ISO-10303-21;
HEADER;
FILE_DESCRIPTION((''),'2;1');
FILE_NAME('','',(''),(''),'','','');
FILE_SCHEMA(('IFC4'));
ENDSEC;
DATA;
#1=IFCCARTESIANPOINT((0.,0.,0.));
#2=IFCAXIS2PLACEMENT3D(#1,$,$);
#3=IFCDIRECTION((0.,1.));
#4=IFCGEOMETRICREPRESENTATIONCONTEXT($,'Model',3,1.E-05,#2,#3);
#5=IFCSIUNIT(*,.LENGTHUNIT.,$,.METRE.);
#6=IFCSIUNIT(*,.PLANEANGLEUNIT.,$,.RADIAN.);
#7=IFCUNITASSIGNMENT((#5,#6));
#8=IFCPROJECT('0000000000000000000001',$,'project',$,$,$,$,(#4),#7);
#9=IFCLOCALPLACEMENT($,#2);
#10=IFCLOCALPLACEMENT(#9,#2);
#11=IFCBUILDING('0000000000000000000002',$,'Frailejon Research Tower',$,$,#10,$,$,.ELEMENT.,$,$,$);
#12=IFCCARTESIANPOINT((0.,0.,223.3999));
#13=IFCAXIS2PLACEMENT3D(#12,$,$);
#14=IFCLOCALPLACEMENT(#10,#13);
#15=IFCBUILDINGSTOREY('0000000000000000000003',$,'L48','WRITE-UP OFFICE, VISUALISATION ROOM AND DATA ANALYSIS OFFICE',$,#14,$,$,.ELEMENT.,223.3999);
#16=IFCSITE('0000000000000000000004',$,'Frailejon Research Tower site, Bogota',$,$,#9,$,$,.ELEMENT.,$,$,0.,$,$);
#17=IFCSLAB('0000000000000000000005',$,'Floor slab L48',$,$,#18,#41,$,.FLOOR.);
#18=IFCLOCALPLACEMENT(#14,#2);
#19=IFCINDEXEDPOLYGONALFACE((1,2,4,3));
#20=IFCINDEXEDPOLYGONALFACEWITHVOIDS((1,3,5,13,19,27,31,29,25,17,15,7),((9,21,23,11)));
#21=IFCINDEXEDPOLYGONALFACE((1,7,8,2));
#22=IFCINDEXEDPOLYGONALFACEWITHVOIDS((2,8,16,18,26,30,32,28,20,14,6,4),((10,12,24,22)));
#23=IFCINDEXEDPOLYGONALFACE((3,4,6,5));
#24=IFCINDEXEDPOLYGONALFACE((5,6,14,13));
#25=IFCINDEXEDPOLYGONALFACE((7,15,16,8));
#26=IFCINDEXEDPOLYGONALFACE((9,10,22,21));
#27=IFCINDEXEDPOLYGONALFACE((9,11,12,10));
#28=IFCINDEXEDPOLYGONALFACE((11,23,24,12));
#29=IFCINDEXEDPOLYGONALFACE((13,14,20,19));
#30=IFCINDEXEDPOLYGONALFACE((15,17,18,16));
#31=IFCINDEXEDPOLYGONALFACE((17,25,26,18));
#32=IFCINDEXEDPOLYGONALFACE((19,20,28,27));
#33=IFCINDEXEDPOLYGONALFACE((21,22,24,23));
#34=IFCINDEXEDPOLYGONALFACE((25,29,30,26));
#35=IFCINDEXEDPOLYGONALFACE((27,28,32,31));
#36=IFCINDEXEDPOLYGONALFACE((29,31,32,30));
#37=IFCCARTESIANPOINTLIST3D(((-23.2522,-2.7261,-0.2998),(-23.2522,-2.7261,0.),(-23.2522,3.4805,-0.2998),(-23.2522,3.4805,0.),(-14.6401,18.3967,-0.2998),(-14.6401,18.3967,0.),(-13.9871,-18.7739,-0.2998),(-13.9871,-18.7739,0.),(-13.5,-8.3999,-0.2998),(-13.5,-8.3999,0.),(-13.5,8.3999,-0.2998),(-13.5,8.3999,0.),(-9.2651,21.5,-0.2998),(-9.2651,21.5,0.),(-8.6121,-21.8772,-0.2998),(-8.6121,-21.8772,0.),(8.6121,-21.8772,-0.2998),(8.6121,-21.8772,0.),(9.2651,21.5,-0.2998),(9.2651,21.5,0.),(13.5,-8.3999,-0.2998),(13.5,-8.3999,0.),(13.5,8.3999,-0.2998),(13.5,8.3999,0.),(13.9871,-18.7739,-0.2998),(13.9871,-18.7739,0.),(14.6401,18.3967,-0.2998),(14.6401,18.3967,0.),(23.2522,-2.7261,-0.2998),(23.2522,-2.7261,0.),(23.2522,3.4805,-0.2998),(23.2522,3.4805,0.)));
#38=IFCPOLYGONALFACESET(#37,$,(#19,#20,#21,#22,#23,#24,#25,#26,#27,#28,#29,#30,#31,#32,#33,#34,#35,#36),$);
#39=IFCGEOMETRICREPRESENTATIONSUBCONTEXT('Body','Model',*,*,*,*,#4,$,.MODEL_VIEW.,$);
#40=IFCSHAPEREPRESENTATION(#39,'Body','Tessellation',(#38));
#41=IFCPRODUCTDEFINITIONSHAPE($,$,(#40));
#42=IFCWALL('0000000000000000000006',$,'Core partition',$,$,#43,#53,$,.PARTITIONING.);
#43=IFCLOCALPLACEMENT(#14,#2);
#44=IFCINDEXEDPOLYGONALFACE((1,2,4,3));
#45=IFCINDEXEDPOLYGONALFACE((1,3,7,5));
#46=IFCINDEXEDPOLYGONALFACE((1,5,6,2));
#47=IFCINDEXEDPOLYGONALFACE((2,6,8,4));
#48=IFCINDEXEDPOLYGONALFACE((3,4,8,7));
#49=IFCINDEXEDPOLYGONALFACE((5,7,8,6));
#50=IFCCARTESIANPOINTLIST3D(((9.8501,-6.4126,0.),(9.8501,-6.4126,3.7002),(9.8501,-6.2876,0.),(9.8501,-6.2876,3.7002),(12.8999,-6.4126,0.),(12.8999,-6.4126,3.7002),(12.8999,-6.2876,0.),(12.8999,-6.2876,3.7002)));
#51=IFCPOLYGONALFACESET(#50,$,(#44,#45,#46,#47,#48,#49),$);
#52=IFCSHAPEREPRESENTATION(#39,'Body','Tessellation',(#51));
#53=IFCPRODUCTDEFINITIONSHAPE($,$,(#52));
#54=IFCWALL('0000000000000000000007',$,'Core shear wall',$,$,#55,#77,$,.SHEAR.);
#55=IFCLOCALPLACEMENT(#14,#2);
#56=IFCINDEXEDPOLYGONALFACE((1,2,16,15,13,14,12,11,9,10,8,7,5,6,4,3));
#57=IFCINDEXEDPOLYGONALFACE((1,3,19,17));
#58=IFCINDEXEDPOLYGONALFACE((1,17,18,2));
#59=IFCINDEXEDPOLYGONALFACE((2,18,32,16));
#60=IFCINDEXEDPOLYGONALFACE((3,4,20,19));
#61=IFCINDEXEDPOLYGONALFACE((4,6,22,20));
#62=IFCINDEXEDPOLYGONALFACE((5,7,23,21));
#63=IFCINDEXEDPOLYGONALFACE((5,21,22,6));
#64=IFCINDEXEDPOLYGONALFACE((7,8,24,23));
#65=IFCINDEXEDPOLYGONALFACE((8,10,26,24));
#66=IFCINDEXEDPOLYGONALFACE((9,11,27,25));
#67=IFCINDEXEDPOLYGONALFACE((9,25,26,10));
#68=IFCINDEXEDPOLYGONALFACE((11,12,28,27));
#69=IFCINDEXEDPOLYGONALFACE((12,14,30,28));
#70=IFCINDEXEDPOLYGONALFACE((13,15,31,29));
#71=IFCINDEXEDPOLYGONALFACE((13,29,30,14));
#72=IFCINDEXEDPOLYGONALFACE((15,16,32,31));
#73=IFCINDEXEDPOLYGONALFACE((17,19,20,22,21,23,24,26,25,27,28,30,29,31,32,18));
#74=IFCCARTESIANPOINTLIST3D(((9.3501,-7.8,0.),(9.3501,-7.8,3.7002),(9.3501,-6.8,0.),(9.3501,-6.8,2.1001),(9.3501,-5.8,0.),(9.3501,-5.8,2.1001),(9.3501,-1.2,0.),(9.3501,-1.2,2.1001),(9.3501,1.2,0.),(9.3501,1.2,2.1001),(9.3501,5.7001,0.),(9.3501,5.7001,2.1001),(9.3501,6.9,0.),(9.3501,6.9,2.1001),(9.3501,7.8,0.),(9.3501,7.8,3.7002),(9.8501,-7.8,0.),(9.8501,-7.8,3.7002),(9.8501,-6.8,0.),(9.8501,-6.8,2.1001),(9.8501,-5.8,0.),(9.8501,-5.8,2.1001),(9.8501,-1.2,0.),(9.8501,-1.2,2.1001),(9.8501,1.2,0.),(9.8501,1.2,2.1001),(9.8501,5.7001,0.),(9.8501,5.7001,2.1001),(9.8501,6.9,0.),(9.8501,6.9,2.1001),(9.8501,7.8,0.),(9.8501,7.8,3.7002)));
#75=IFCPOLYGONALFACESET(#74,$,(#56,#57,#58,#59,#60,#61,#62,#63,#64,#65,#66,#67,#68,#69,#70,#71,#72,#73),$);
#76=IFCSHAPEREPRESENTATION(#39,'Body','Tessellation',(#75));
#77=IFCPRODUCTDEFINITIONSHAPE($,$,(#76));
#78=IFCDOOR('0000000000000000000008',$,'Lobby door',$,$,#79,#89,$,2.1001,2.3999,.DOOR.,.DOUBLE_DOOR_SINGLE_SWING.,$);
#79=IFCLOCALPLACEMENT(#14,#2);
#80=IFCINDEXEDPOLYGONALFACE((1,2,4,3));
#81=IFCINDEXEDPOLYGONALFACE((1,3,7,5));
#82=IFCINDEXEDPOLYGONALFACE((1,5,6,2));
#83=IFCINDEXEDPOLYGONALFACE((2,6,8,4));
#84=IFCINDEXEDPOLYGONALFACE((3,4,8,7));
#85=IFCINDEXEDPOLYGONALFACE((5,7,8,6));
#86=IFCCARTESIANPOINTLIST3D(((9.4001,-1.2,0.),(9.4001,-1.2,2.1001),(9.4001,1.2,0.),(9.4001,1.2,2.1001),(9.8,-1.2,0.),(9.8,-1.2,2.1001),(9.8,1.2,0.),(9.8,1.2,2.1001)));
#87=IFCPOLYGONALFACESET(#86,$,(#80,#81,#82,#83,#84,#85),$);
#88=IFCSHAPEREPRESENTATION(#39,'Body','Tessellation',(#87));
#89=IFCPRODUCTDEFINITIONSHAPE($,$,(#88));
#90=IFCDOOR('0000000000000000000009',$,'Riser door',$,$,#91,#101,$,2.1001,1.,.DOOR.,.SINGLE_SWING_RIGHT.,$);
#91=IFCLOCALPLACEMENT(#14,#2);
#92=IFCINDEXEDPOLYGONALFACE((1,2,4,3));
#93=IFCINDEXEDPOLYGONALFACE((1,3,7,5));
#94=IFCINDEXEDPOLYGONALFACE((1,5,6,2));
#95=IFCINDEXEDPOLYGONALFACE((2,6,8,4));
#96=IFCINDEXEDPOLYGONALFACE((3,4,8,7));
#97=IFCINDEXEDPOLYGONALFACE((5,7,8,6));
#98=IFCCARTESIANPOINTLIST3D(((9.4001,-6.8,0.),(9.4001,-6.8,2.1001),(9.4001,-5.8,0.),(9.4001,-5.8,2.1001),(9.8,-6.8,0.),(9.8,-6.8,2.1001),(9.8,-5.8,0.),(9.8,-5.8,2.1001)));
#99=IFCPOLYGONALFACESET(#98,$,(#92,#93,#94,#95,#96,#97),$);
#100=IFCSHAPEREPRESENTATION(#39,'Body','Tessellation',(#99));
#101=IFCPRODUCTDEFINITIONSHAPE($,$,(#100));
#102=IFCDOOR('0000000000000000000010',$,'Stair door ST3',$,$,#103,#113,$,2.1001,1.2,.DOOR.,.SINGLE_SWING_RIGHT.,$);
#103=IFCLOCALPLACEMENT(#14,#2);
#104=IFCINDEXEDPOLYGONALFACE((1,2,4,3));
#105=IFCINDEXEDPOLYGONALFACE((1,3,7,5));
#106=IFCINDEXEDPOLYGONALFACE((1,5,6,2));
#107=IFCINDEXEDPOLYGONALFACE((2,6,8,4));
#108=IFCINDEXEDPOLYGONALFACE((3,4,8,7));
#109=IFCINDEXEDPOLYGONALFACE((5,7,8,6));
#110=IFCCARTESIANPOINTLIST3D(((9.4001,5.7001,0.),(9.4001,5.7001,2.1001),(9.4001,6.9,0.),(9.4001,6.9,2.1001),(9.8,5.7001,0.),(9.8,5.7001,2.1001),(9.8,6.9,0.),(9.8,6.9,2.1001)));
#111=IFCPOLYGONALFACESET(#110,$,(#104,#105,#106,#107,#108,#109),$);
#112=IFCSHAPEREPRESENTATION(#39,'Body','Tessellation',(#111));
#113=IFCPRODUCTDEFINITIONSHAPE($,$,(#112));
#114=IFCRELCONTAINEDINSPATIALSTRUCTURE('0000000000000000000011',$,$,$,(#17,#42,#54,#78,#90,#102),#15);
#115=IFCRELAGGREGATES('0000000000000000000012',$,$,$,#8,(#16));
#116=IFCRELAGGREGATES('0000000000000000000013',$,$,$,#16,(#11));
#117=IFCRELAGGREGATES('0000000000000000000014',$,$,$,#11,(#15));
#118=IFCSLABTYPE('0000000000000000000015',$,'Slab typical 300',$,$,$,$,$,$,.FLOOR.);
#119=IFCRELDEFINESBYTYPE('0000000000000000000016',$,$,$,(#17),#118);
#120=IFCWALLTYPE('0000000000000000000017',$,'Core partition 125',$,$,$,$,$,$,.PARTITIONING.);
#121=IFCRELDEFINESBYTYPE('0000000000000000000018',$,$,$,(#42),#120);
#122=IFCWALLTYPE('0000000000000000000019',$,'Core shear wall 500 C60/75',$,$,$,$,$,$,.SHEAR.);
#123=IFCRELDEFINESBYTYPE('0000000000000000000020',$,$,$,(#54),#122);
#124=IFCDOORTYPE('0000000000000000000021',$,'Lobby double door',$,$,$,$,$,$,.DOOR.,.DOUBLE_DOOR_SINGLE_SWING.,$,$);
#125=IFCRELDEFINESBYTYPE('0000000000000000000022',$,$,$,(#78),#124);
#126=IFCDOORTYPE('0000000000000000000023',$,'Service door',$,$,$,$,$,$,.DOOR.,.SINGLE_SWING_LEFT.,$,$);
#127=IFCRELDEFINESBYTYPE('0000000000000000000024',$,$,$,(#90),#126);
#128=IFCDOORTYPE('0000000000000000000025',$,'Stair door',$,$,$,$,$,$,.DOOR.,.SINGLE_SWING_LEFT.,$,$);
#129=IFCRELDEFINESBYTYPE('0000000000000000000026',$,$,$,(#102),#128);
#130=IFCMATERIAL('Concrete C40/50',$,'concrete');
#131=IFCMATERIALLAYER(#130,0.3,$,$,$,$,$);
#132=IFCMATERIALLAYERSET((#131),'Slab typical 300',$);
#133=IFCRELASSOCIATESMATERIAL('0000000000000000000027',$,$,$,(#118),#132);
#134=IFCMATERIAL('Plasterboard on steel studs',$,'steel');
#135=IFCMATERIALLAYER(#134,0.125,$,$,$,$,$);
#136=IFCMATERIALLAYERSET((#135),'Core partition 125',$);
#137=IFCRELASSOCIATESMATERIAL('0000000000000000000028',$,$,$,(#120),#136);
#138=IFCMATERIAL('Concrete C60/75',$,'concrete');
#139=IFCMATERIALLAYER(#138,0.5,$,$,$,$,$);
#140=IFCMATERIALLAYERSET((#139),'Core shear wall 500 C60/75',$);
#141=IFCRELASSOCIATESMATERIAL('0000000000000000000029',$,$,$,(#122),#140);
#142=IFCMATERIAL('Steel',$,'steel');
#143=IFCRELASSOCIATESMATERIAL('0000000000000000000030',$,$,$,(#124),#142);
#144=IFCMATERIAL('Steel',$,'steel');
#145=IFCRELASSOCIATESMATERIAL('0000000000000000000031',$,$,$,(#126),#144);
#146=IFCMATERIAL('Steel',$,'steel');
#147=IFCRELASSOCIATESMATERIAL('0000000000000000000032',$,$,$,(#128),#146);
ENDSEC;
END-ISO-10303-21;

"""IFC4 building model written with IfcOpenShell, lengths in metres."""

from ifc_helpers import new_model, si_unit, direction, frame, frame_2d, origin, place, context, subcontext, project, spatial, polyline, rectangle, outline, extrude, material, layer, layer_set, type_object, element, fill, save


model = new_model("IFC4")

# Units and contexts
model_context = context("Model", 3, precision=1e-05, world=origin(), true_north=direction((0.0, 1.0)))
body_context = subcontext(model_context, "Body", "Model", "MODEL_VIEW")
ifc_project = project(units=[si_unit("LENGTHUNIT", "METRE"), si_unit("PLANEANGLEUNIT", "RADIAN")], contexts=[model_context])

# Site, building, storey
site_placement = place(None, origin())
site = spatial("IfcSite", under=ifc_project, at=site_placement, Name="Frailejon Research Tower site, Bogota", CompositionType="ELEMENT", RefElevation=0.0)
building_placement = place(site_placement, origin())
building = spatial("IfcBuilding", under=site, at=building_placement, Name="Frailejon Research Tower", CompositionType="ELEMENT")
storey_placement = place(building_placement, frame((0.0, 0.0, 223.3999)))
storey = spatial("IfcBuildingStorey", under=building, at=storey_placement, Name="L48", Description="WRITE-UP OFFICE, VISUALISATION ROOM AND DATA ANALYSIS OFFICE", CompositionType="ELEMENT", Elevation=223.3999)

# Slab
ifc_material_1 = material(Name="Concrete C40/50", Category="concrete")
ifc_layer_1 = layer(ifc_material_1, 0.3)
ifc_layer_set_1 = layer_set([ifc_layer_1], Name="Slab typical 300")
slab_type = type_object("IfcSlabType", Name="Slab typical 300", PredefinedType="FLOOR", material=ifc_layer_set_1)
slab_placement = place(storey_placement, frame((0.0, 0.0, -0.2998)))
element("IfcSlab", 1, at=slab_placement, inside=storey, type_object=slab_type, Name="Floor slab L48", PredefinedType="FLOOR", context=body_context, shape_type="SweptSolid", body=[
    extrude(outline(polyline([(23.2522, -2.7261), (23.2522, 3.4805), (14.6401, 18.3967), (9.2651, 21.5), (-9.2651, 21.5), (-14.6401, 18.3967), (-23.2522, 3.4805), (-23.2522, -2.7261), (-13.9871, -18.7739), (-8.6121, -21.8772), (8.6121, -21.8772), (13.9871, -18.7739), (23.2522, -2.7261)]), holes=[polyline([(13.5, -8.3999), (-13.5, -8.3999), (-13.5, 8.3999), (13.5, 8.3999), (13.5, -8.3999)])]), origin(), (0.0, 0.0, 1.0), 0.2998),
])

# Wall
ifc_material_2 = material(Name="Plasterboard on steel studs", Category="steel")
ifc_layer_2 = layer(ifc_material_2, 0.125)
ifc_layer_set_2 = layer_set([ifc_layer_2], Name="Core partition 125")
wall_type_1 = type_object("IfcWallType", Name="Core partition 125", PredefinedType="PARTITIONING", material=ifc_layer_set_2)
wall_1_placement = place(storey_placement, frame((9.8501, -6.3501, 0.0), z_axis=(0.0, 0.0, 1.0), x_axis=(1.0, 0.0, 0.0)))
element("IfcWall", 2, at=wall_1_placement, inside=storey, type_object=wall_type_1, Name="Core partition", PredefinedType="PARTITIONING", context=body_context, shape_type="SweptSolid", body=[
    extrude(rectangle(XDim=3.0498, YDim=0.125, at=frame_2d((1.5249, 0.0))), origin(), (0.0, 0.0, 1.0), 3.7002),
])

# Wall, openings, doors
ifc_material_3 = material(Name="Concrete C60/75", Category="concrete")
ifc_layer_3 = layer(ifc_material_3, 0.5)
ifc_layer_set_3 = layer_set([ifc_layer_3], Name="Core shear wall 500 C60/75")
wall_type_2 = type_object("IfcWallType", Name="Core shear wall 500 C60/75", PredefinedType="SHEAR", material=ifc_layer_set_3)
wall_2_placement = place(storey_placement, frame((9.6001, -7.8, 0.0), z_axis=(0.0, 0.0, 1.0), x_axis=(0.0, 1.0, 0.0)))
wall_2 = element("IfcWall", 3, at=wall_2_placement, inside=storey, type_object=wall_type_2, Name="Core shear wall", PredefinedType="SHEAR", context=body_context, shape_type="SweptSolid", body=[
    extrude(rectangle(XDim=15.6001, YDim=0.5, at=frame_2d((7.8, 0.0))), origin(), (0.0, 0.0, 1.0), 3.7002),
])
opening_1_placement = place(wall_2_placement, frame((6.6001, 0.0, 0.0)))
opening_1 = element("IfcOpeningElement", 4, at=opening_1_placement, cuts=wall_2, PredefinedType="OPENING", context=body_context, shape_type="SweptSolid", body=[
    extrude(rectangle(XDim=2.3999, YDim=2.1001, at=frame_2d((1.2, 1.05))), frame((0.0, 0.26, 0.0), z_axis=(0.0, -1.0, 0.0), x_axis=(1.0, 0.0, 0.0)), (0.0, 0.0, 1.0), 0.52),
])
opening_2_placement = place(wall_2_placement, frame((13.5, 0.0, 0.0)))
opening_2 = element("IfcOpeningElement", 5, at=opening_2_placement, cuts=wall_2, PredefinedType="OPENING", context=body_context, shape_type="SweptSolid", body=[
    extrude(rectangle(XDim=1.2, YDim=2.1001, at=frame_2d((0.6001, 1.05))), frame((0.0, 0.26, 0.0), z_axis=(0.0, -1.0, 0.0), x_axis=(1.0, 0.0, 0.0)), (0.0, 0.0, 1.0), 0.52),
])
opening_3_placement = place(wall_2_placement, frame((1.0, 0.0, 0.0)))
opening_3 = element("IfcOpeningElement", 6, at=opening_3_placement, cuts=wall_2, PredefinedType="OPENING", context=body_context, shape_type="SweptSolid", body=[
    extrude(rectangle(XDim=1.0, YDim=2.1001, at=frame_2d((0.5, 1.05))), frame((0.0, 0.26, 0.0), z_axis=(0.0, -1.0, 0.0), x_axis=(1.0, 0.0, 0.0)), (0.0, 0.0, 1.0), 0.52),
])
ifc_material_4 = material(Name="Steel", Category="steel")
door_type_1 = type_object("IfcDoorType", Name="Lobby double door", OperationType="DOUBLE_DOOR_SINGLE_SWING", PredefinedType="DOOR", material=ifc_material_4)
door_1_placement = place(opening_1_placement, origin())
door_1 = element("IfcDoor", 7, at=door_1_placement, inside=storey, type_object=door_type_1, Name="Lobby door", OperationType="DOUBLE_DOOR_SINGLE_SWING", OverallHeight=2.1001, OverallWidth=2.3999, PredefinedType="DOOR", context=body_context, shape_type="SweptSolid", body=[
    extrude(rectangle(XDim=2.3999, YDim=2.1001, at=frame_2d((1.2, 1.05))), frame((0.0, 0.2, 0.0), z_axis=(0.0, -1.0, 0.0), x_axis=(1.0, 0.0, 0.0)), (0.0, 0.0, 1.0), 0.3999),
])
fill(opening_1, door_1)
ifc_material_5 = material(Name="Steel", Category="steel")
door_type_2 = type_object("IfcDoorType", Name="Service door", OperationType="SINGLE_SWING_LEFT", PredefinedType="DOOR", material=ifc_material_5)
door_2_placement = place(opening_3_placement, origin())
door_2 = element("IfcDoor", 8, at=door_2_placement, inside=storey, type_object=door_type_2, Name="Riser door", OperationType="SINGLE_SWING_RIGHT", OverallHeight=2.1001, OverallWidth=1.0, PredefinedType="DOOR", context=body_context, shape_type="SweptSolid", body=[
    extrude(rectangle(XDim=1.0, YDim=2.1001, at=frame_2d((0.5, 1.05))), frame((0.0, 0.2, 0.0), z_axis=(0.0, -1.0, 0.0), x_axis=(1.0, 0.0, 0.0)), (0.0, 0.0, 1.0), 0.3999),
])
fill(opening_3, door_2)
ifc_material_6 = material(Name="Steel", Category="steel")
door_type_3 = type_object("IfcDoorType", Name="Stair door", OperationType="SINGLE_SWING_LEFT", PredefinedType="DOOR", material=ifc_material_6)
door_3_placement = place(opening_2_placement, origin())
door_3 = element("IfcDoor", 9, at=door_3_placement, inside=storey, type_object=door_type_3, Name="Stair door ST3", OperationType="SINGLE_SWING_RIGHT", OverallHeight=2.1001, OverallWidth=1.2, PredefinedType="DOOR", context=body_context, shape_type="SweptSolid", body=[
    extrude(rectangle(XDim=1.2, YDim=2.1001, at=frame_2d((0.6001, 1.05))), frame((0.0, 0.2, 0.0), z_axis=(0.0, -1.0, 0.0), x_axis=(1.0, 0.0, 0.0)), (0.0, 0.0, 1.0), 0.3999),
])
fill(opening_2, door_3)

save(model, "model.ifc")
